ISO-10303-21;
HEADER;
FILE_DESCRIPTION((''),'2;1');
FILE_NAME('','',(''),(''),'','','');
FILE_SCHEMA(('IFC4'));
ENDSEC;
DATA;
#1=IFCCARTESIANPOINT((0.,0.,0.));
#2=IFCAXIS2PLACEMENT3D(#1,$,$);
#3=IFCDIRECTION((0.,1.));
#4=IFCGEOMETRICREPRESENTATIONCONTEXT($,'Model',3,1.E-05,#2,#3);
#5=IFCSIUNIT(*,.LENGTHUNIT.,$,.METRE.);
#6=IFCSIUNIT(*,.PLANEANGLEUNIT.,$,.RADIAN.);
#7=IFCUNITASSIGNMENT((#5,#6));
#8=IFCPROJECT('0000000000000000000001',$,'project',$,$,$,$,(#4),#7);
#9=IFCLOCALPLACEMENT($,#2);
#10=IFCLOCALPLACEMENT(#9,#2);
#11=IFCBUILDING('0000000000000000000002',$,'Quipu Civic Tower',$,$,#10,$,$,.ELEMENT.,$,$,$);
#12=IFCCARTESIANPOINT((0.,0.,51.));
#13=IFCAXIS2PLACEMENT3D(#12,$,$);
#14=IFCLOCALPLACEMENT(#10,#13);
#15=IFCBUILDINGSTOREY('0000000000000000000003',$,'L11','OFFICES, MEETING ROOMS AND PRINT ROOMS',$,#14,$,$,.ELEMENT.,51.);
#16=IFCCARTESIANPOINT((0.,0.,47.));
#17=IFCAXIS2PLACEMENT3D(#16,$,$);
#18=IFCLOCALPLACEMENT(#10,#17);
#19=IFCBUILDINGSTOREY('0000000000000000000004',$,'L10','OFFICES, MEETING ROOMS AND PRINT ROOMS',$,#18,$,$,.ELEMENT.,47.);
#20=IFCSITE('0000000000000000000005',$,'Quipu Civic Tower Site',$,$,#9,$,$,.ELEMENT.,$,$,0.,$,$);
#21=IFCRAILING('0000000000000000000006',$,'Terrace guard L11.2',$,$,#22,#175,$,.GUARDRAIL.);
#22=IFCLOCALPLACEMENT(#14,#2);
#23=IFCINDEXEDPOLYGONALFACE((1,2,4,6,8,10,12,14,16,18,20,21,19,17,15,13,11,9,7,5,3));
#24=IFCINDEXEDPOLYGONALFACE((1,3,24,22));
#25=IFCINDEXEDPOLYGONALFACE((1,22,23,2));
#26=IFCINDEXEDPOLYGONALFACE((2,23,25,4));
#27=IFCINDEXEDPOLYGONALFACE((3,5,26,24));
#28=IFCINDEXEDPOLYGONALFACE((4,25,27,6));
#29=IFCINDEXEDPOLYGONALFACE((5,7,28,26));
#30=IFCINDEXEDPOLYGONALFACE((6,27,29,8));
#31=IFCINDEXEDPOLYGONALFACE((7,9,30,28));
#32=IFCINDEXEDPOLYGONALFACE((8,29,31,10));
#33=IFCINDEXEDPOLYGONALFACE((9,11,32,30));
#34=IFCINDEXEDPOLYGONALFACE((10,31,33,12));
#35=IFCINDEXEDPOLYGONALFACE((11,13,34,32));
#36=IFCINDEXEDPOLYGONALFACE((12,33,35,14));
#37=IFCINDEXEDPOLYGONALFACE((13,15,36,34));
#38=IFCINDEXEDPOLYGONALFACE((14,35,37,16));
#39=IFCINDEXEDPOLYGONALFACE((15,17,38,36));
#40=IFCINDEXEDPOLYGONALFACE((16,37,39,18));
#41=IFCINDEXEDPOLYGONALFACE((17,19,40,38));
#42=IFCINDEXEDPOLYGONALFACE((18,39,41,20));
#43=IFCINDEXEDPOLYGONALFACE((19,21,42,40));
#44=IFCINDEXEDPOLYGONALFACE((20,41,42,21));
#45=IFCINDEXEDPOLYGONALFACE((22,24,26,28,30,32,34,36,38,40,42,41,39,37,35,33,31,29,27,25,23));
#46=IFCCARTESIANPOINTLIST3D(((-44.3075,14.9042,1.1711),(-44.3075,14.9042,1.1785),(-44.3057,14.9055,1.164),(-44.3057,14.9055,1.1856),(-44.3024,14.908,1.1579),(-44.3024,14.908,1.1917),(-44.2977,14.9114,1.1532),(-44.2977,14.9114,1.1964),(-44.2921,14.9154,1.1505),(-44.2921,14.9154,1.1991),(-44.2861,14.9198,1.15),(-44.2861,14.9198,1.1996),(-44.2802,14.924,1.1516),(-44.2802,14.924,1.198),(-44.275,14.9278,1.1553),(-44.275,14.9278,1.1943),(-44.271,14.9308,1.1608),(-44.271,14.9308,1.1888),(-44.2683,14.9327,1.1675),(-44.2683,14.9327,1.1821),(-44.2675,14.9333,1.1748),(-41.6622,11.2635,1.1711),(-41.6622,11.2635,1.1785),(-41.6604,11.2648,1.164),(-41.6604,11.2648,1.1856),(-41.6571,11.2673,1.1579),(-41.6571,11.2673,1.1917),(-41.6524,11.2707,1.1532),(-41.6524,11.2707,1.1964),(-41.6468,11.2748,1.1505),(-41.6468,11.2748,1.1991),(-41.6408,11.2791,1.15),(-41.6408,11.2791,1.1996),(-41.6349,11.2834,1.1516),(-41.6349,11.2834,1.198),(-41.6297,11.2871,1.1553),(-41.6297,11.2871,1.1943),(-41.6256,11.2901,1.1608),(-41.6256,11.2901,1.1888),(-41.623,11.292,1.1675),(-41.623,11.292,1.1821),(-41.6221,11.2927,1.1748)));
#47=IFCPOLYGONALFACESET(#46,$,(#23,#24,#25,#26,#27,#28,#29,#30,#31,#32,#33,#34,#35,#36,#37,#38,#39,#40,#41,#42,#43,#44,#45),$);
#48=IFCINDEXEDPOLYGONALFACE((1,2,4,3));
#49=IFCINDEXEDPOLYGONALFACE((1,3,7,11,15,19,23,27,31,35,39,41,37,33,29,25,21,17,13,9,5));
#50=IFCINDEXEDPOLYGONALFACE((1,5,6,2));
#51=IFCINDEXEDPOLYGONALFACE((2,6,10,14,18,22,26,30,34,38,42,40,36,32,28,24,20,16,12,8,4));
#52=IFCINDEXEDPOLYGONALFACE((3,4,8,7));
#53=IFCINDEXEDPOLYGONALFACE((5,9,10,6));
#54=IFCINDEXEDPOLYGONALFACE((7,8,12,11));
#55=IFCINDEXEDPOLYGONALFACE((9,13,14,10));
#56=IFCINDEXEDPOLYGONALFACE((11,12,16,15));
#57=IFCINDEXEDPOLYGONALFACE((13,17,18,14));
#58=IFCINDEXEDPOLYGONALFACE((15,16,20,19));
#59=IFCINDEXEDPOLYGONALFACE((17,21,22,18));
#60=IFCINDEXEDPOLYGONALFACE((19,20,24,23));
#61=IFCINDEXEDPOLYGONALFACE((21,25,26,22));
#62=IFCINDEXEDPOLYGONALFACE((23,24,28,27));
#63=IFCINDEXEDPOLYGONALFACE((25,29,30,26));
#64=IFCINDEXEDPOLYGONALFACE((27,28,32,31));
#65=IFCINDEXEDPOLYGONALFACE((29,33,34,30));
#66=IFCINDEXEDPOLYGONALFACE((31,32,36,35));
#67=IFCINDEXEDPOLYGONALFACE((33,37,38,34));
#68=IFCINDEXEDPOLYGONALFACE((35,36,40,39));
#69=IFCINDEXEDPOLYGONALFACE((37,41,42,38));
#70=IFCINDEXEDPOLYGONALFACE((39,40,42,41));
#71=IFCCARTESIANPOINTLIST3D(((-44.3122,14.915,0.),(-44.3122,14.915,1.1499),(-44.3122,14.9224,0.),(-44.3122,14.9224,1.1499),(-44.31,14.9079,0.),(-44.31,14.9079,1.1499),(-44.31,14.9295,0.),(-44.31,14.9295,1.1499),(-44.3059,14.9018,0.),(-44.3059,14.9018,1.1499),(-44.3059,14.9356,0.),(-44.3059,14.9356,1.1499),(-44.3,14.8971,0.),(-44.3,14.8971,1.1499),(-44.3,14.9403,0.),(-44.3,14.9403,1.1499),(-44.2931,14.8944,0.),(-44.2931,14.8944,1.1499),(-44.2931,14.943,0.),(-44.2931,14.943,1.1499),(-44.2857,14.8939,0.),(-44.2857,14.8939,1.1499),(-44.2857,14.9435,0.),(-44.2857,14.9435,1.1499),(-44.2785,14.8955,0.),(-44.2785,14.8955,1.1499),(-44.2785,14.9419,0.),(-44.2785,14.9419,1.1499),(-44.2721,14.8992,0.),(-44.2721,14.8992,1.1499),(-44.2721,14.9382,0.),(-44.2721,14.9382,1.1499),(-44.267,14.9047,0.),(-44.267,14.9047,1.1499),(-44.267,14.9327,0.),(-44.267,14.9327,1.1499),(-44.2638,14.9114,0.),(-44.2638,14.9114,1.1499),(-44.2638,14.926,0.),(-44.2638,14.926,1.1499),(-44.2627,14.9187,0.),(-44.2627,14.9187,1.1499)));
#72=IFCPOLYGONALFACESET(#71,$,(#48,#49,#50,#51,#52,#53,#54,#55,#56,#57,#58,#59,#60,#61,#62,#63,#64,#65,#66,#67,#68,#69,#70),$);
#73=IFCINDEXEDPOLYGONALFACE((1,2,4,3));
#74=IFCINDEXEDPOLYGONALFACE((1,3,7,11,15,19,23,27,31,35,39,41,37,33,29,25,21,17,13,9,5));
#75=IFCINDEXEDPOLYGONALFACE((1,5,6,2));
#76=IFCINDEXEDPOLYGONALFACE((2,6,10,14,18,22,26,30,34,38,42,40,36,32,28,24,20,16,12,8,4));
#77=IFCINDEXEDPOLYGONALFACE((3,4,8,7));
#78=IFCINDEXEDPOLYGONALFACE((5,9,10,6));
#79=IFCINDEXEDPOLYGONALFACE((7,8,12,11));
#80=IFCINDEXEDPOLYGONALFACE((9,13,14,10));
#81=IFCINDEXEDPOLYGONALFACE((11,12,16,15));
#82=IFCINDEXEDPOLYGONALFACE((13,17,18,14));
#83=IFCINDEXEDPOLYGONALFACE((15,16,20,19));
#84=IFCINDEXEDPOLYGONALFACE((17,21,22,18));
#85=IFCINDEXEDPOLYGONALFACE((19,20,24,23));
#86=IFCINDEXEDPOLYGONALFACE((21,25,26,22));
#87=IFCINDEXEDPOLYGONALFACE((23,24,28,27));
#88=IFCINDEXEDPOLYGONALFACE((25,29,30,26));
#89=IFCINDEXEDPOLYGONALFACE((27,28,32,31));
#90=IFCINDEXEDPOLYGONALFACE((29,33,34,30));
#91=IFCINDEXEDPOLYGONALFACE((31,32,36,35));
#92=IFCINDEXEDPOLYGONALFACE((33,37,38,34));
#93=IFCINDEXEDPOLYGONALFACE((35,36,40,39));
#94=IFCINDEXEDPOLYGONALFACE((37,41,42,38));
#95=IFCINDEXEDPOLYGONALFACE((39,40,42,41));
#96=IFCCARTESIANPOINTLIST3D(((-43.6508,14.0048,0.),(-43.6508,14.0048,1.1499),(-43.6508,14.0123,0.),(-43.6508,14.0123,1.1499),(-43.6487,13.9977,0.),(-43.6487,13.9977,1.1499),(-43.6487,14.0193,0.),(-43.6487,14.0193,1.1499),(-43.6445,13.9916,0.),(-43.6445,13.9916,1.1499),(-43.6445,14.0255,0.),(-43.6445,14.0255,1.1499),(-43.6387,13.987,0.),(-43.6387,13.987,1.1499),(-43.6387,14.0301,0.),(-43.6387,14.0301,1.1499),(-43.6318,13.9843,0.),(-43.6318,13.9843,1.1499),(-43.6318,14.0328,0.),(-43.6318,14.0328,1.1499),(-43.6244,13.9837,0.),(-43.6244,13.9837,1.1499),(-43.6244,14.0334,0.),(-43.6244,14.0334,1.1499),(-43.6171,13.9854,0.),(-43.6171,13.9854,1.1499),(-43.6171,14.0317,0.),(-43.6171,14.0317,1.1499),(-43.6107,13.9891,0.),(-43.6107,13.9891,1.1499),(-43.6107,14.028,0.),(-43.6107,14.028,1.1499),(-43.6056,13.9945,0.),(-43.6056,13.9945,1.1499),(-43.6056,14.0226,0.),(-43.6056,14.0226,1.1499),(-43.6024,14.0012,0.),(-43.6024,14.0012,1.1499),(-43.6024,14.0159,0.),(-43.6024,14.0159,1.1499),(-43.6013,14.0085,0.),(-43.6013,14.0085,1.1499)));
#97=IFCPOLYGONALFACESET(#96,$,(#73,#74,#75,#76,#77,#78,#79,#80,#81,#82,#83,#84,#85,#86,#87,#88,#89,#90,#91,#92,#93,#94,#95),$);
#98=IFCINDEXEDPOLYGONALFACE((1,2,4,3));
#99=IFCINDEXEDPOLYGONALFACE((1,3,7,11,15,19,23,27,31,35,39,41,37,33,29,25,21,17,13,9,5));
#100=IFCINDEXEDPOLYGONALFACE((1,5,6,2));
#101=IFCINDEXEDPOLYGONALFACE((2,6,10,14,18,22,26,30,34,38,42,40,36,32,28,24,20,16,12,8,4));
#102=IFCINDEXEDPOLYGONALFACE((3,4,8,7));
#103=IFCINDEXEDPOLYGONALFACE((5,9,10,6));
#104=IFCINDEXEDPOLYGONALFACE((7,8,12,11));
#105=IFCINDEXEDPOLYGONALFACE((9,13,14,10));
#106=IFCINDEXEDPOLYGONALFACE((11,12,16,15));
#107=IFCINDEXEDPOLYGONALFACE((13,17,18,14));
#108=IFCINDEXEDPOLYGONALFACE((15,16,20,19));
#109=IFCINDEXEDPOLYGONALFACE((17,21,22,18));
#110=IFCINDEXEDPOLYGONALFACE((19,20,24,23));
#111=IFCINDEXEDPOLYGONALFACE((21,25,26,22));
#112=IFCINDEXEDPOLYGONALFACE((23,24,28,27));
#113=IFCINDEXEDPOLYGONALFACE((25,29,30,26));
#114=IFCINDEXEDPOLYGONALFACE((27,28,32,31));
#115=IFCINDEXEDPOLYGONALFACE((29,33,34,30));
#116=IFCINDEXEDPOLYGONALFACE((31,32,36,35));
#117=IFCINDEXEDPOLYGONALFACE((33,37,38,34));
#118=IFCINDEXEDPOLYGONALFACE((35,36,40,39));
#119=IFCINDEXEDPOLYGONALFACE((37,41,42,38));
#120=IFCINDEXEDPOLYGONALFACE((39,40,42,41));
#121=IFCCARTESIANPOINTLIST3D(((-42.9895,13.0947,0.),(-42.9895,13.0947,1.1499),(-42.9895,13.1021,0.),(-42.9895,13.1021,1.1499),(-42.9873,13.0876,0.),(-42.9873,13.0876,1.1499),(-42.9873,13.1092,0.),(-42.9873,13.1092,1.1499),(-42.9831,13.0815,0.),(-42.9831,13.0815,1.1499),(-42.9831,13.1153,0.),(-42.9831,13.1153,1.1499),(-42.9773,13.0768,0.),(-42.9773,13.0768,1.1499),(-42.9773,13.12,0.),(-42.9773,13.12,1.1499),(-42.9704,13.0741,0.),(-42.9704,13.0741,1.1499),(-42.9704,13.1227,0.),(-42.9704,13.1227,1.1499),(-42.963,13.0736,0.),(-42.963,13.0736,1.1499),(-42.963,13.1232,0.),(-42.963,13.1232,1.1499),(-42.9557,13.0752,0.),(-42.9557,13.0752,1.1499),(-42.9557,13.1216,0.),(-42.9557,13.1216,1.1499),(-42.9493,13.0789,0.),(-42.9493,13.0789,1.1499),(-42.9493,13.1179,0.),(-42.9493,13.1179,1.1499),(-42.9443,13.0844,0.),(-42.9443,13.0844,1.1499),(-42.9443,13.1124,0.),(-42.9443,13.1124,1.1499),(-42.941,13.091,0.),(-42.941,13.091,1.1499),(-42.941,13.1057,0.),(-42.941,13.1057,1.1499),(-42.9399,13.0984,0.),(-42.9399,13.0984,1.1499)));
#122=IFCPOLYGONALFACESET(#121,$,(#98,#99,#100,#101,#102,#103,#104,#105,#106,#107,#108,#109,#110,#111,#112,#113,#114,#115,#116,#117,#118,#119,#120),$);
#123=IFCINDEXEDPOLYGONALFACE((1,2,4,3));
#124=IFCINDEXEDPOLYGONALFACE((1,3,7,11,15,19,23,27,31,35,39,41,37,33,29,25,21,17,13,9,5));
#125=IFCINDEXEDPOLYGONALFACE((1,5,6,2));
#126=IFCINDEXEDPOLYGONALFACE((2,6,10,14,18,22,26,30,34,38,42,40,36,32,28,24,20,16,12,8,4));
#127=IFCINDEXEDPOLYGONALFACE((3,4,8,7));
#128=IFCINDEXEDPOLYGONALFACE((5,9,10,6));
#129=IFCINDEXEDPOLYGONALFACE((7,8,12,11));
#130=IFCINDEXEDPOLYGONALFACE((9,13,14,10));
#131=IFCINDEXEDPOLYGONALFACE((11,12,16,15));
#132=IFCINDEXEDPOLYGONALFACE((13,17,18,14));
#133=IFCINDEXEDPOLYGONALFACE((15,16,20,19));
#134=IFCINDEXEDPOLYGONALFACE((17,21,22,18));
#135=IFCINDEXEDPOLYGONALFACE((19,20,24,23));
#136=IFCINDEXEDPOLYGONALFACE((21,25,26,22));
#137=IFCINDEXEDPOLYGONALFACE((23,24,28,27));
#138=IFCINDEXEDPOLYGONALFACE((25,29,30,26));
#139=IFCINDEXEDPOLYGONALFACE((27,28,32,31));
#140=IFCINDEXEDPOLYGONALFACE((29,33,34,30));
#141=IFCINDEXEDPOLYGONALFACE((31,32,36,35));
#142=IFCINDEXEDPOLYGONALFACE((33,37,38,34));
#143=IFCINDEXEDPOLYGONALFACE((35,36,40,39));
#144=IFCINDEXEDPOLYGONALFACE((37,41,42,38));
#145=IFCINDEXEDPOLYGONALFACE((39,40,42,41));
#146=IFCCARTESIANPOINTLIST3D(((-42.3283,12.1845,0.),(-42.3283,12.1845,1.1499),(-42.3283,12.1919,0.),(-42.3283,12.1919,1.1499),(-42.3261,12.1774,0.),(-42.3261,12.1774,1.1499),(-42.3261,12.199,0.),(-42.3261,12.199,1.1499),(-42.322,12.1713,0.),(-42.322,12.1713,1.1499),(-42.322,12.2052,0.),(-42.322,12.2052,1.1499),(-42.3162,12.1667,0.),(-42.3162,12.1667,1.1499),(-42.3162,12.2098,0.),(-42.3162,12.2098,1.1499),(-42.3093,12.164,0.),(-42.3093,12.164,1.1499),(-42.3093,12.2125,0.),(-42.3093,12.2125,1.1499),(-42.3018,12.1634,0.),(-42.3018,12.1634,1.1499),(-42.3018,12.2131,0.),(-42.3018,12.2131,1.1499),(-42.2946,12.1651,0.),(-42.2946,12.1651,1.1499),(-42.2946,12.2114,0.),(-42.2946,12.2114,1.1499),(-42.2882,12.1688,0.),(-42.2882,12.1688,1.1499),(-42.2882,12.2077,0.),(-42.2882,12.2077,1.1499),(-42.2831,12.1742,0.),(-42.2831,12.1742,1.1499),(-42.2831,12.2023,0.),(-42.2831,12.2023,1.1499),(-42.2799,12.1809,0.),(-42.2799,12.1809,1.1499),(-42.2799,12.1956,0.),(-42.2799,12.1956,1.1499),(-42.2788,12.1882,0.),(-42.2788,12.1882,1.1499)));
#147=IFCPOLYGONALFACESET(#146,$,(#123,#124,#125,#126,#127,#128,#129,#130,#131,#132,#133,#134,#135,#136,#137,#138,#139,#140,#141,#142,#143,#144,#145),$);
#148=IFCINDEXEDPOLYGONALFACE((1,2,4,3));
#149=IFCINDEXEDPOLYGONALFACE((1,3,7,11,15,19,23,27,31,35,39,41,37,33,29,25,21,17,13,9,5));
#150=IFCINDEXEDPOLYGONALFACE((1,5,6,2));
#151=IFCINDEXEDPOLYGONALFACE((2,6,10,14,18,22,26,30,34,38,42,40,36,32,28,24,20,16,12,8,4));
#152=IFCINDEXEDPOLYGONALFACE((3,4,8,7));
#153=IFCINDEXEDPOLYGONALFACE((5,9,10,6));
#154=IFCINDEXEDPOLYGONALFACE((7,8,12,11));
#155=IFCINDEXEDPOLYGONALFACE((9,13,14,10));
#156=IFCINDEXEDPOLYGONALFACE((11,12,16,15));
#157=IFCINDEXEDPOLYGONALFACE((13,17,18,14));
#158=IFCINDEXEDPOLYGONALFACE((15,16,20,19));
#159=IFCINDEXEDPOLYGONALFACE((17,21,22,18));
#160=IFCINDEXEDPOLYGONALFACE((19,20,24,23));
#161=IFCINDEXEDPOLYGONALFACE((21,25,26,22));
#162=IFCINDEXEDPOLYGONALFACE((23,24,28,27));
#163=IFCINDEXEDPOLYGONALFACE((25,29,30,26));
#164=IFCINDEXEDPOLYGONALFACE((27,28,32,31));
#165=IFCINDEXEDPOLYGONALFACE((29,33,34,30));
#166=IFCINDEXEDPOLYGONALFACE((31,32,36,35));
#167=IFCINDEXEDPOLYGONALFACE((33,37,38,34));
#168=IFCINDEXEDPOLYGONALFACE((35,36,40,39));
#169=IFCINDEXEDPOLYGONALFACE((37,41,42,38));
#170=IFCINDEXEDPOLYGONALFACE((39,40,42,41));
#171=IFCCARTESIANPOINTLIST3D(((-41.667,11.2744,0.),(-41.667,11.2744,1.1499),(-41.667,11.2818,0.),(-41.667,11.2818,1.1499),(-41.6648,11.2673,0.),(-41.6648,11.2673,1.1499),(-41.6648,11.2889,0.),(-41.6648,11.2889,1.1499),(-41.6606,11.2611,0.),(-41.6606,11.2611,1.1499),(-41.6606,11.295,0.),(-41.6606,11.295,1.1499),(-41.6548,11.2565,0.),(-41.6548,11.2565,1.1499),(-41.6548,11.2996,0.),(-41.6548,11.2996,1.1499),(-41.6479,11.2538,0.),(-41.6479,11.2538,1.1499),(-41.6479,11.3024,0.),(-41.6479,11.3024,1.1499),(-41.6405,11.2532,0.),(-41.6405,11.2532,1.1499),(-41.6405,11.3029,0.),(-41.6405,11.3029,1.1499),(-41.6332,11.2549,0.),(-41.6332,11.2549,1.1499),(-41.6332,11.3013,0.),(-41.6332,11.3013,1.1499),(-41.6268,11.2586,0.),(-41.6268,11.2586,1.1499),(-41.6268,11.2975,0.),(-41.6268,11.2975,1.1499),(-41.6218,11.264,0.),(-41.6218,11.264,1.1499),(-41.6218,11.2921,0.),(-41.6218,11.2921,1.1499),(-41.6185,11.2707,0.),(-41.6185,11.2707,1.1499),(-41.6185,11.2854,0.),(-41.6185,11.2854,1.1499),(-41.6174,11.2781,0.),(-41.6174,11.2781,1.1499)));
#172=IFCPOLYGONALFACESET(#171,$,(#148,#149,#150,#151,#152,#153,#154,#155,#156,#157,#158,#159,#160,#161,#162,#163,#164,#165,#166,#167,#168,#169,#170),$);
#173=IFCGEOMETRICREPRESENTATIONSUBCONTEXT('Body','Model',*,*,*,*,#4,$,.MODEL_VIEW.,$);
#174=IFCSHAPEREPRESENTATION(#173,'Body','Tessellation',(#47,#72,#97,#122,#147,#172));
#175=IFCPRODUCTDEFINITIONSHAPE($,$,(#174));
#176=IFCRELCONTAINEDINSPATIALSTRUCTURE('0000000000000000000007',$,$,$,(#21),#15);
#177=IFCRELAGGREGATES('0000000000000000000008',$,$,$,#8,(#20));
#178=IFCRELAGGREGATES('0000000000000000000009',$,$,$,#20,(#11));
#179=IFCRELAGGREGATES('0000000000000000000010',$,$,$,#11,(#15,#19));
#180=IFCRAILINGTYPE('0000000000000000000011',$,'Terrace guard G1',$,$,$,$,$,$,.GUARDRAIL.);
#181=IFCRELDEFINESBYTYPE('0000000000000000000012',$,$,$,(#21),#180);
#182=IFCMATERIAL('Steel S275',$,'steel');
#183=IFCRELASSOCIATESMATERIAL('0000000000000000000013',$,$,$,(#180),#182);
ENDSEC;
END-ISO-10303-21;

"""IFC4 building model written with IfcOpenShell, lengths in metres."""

from ifc_helpers import new_model, si_unit, direction, frame, origin, origin_2d, place, context, subcontext, project, spatial, circle, extrude, material, type_object, element, save


model = new_model("IFC4")

# Units and contexts
model_context = context("Model", 3, precision=1e-05, world=origin(), true_north=direction((0.0, 1.0)))
body_context = subcontext(model_context, "Body", "Model", "MODEL_VIEW")
ifc_project = project(units=[si_unit("LENGTHUNIT", "METRE"), si_unit("PLANEANGLEUNIT", "RADIAN")], contexts=[model_context])

# Site, building, storey
site_placement = place(None, origin())
site = spatial("IfcSite", under=ifc_project, at=site_placement, Name="Quipu Civic Tower Site", CompositionType="ELEMENT", RefElevation=0.0)
building_placement = place(site_placement, origin())
building = spatial("IfcBuilding", under=site, at=building_placement, Name="Quipu Civic Tower", CompositionType="ELEMENT")
storey_1_placement = place(building_placement, frame((0.0, 0.0, 51.0)))
storey_1 = spatial("IfcBuildingStorey", under=building, at=storey_1_placement, Name="L11", Description="OFFICES, MEETING ROOMS AND PRINT ROOMS", CompositionType="ELEMENT", Elevation=51.0)

# Shared definitions
storey_2_placement = place(building_placement, frame((0.0, 0.0, 47.0)))
storey_2 = spatial("IfcBuildingStorey", under=building, at=storey_2_placement, Name="L10", Description="OFFICES, MEETING ROOMS AND PRINT ROOMS", CompositionType="ELEMENT", Elevation=47.0)

# Railing
ifc_material_1 = material(Name="Steel S275", Category="steel")
railing_type = type_object("IfcRailingType", Name="Terrace guard G1", PredefinedType="GUARDRAIL", material=ifc_material_1)
for number, where, name in (
    (1, (-44.2876, 14.9187, 0.0), "Terrace guard L11.2"),
):
    element("IfcRailing", number, at=place(storey_1_placement, frame(where)), inside=storey_1, type_object=railing_type, Name=name, PredefinedType="GUARDRAIL", context=body_context, shape_type="SweptSolid", body=[
        extrude(circle(Radius=0.0249, at=origin_2d()), frame((0.0, 0.0, 1.1748), z_axis=(0.587814, -0.808996, 0.0), x_axis=(0.808996, 0.587814, 0.0)), (0.0, 0.0, 1.0), 4.5002),
        extrude(circle(Radius=0.0249, at=origin_2d()), origin(), (0.0, 0.0, 1.0), 1.1499),
        extrude(circle(Radius=0.0249, at=origin_2d()), frame((0.6614, -0.9102, 0.0)), (0.0, 0.0, 1.0), 1.1499),
        extrude(circle(Radius=0.0249, at=origin_2d()), frame((1.3228, -1.8203, 0.0)), (0.0, 0.0, 1.0), 1.1499),
        extrude(circle(Radius=0.0249, at=origin_2d()), frame((1.9839, -2.7305, 0.0)), (0.0, 0.0, 1.0), 1.1499),
        extrude(circle(Radius=0.0249, at=origin_2d()), frame((2.6453, -3.6406, 0.0)), (0.0, 0.0, 1.0), 1.1499),
    ])

save(model, "model.ifc")
